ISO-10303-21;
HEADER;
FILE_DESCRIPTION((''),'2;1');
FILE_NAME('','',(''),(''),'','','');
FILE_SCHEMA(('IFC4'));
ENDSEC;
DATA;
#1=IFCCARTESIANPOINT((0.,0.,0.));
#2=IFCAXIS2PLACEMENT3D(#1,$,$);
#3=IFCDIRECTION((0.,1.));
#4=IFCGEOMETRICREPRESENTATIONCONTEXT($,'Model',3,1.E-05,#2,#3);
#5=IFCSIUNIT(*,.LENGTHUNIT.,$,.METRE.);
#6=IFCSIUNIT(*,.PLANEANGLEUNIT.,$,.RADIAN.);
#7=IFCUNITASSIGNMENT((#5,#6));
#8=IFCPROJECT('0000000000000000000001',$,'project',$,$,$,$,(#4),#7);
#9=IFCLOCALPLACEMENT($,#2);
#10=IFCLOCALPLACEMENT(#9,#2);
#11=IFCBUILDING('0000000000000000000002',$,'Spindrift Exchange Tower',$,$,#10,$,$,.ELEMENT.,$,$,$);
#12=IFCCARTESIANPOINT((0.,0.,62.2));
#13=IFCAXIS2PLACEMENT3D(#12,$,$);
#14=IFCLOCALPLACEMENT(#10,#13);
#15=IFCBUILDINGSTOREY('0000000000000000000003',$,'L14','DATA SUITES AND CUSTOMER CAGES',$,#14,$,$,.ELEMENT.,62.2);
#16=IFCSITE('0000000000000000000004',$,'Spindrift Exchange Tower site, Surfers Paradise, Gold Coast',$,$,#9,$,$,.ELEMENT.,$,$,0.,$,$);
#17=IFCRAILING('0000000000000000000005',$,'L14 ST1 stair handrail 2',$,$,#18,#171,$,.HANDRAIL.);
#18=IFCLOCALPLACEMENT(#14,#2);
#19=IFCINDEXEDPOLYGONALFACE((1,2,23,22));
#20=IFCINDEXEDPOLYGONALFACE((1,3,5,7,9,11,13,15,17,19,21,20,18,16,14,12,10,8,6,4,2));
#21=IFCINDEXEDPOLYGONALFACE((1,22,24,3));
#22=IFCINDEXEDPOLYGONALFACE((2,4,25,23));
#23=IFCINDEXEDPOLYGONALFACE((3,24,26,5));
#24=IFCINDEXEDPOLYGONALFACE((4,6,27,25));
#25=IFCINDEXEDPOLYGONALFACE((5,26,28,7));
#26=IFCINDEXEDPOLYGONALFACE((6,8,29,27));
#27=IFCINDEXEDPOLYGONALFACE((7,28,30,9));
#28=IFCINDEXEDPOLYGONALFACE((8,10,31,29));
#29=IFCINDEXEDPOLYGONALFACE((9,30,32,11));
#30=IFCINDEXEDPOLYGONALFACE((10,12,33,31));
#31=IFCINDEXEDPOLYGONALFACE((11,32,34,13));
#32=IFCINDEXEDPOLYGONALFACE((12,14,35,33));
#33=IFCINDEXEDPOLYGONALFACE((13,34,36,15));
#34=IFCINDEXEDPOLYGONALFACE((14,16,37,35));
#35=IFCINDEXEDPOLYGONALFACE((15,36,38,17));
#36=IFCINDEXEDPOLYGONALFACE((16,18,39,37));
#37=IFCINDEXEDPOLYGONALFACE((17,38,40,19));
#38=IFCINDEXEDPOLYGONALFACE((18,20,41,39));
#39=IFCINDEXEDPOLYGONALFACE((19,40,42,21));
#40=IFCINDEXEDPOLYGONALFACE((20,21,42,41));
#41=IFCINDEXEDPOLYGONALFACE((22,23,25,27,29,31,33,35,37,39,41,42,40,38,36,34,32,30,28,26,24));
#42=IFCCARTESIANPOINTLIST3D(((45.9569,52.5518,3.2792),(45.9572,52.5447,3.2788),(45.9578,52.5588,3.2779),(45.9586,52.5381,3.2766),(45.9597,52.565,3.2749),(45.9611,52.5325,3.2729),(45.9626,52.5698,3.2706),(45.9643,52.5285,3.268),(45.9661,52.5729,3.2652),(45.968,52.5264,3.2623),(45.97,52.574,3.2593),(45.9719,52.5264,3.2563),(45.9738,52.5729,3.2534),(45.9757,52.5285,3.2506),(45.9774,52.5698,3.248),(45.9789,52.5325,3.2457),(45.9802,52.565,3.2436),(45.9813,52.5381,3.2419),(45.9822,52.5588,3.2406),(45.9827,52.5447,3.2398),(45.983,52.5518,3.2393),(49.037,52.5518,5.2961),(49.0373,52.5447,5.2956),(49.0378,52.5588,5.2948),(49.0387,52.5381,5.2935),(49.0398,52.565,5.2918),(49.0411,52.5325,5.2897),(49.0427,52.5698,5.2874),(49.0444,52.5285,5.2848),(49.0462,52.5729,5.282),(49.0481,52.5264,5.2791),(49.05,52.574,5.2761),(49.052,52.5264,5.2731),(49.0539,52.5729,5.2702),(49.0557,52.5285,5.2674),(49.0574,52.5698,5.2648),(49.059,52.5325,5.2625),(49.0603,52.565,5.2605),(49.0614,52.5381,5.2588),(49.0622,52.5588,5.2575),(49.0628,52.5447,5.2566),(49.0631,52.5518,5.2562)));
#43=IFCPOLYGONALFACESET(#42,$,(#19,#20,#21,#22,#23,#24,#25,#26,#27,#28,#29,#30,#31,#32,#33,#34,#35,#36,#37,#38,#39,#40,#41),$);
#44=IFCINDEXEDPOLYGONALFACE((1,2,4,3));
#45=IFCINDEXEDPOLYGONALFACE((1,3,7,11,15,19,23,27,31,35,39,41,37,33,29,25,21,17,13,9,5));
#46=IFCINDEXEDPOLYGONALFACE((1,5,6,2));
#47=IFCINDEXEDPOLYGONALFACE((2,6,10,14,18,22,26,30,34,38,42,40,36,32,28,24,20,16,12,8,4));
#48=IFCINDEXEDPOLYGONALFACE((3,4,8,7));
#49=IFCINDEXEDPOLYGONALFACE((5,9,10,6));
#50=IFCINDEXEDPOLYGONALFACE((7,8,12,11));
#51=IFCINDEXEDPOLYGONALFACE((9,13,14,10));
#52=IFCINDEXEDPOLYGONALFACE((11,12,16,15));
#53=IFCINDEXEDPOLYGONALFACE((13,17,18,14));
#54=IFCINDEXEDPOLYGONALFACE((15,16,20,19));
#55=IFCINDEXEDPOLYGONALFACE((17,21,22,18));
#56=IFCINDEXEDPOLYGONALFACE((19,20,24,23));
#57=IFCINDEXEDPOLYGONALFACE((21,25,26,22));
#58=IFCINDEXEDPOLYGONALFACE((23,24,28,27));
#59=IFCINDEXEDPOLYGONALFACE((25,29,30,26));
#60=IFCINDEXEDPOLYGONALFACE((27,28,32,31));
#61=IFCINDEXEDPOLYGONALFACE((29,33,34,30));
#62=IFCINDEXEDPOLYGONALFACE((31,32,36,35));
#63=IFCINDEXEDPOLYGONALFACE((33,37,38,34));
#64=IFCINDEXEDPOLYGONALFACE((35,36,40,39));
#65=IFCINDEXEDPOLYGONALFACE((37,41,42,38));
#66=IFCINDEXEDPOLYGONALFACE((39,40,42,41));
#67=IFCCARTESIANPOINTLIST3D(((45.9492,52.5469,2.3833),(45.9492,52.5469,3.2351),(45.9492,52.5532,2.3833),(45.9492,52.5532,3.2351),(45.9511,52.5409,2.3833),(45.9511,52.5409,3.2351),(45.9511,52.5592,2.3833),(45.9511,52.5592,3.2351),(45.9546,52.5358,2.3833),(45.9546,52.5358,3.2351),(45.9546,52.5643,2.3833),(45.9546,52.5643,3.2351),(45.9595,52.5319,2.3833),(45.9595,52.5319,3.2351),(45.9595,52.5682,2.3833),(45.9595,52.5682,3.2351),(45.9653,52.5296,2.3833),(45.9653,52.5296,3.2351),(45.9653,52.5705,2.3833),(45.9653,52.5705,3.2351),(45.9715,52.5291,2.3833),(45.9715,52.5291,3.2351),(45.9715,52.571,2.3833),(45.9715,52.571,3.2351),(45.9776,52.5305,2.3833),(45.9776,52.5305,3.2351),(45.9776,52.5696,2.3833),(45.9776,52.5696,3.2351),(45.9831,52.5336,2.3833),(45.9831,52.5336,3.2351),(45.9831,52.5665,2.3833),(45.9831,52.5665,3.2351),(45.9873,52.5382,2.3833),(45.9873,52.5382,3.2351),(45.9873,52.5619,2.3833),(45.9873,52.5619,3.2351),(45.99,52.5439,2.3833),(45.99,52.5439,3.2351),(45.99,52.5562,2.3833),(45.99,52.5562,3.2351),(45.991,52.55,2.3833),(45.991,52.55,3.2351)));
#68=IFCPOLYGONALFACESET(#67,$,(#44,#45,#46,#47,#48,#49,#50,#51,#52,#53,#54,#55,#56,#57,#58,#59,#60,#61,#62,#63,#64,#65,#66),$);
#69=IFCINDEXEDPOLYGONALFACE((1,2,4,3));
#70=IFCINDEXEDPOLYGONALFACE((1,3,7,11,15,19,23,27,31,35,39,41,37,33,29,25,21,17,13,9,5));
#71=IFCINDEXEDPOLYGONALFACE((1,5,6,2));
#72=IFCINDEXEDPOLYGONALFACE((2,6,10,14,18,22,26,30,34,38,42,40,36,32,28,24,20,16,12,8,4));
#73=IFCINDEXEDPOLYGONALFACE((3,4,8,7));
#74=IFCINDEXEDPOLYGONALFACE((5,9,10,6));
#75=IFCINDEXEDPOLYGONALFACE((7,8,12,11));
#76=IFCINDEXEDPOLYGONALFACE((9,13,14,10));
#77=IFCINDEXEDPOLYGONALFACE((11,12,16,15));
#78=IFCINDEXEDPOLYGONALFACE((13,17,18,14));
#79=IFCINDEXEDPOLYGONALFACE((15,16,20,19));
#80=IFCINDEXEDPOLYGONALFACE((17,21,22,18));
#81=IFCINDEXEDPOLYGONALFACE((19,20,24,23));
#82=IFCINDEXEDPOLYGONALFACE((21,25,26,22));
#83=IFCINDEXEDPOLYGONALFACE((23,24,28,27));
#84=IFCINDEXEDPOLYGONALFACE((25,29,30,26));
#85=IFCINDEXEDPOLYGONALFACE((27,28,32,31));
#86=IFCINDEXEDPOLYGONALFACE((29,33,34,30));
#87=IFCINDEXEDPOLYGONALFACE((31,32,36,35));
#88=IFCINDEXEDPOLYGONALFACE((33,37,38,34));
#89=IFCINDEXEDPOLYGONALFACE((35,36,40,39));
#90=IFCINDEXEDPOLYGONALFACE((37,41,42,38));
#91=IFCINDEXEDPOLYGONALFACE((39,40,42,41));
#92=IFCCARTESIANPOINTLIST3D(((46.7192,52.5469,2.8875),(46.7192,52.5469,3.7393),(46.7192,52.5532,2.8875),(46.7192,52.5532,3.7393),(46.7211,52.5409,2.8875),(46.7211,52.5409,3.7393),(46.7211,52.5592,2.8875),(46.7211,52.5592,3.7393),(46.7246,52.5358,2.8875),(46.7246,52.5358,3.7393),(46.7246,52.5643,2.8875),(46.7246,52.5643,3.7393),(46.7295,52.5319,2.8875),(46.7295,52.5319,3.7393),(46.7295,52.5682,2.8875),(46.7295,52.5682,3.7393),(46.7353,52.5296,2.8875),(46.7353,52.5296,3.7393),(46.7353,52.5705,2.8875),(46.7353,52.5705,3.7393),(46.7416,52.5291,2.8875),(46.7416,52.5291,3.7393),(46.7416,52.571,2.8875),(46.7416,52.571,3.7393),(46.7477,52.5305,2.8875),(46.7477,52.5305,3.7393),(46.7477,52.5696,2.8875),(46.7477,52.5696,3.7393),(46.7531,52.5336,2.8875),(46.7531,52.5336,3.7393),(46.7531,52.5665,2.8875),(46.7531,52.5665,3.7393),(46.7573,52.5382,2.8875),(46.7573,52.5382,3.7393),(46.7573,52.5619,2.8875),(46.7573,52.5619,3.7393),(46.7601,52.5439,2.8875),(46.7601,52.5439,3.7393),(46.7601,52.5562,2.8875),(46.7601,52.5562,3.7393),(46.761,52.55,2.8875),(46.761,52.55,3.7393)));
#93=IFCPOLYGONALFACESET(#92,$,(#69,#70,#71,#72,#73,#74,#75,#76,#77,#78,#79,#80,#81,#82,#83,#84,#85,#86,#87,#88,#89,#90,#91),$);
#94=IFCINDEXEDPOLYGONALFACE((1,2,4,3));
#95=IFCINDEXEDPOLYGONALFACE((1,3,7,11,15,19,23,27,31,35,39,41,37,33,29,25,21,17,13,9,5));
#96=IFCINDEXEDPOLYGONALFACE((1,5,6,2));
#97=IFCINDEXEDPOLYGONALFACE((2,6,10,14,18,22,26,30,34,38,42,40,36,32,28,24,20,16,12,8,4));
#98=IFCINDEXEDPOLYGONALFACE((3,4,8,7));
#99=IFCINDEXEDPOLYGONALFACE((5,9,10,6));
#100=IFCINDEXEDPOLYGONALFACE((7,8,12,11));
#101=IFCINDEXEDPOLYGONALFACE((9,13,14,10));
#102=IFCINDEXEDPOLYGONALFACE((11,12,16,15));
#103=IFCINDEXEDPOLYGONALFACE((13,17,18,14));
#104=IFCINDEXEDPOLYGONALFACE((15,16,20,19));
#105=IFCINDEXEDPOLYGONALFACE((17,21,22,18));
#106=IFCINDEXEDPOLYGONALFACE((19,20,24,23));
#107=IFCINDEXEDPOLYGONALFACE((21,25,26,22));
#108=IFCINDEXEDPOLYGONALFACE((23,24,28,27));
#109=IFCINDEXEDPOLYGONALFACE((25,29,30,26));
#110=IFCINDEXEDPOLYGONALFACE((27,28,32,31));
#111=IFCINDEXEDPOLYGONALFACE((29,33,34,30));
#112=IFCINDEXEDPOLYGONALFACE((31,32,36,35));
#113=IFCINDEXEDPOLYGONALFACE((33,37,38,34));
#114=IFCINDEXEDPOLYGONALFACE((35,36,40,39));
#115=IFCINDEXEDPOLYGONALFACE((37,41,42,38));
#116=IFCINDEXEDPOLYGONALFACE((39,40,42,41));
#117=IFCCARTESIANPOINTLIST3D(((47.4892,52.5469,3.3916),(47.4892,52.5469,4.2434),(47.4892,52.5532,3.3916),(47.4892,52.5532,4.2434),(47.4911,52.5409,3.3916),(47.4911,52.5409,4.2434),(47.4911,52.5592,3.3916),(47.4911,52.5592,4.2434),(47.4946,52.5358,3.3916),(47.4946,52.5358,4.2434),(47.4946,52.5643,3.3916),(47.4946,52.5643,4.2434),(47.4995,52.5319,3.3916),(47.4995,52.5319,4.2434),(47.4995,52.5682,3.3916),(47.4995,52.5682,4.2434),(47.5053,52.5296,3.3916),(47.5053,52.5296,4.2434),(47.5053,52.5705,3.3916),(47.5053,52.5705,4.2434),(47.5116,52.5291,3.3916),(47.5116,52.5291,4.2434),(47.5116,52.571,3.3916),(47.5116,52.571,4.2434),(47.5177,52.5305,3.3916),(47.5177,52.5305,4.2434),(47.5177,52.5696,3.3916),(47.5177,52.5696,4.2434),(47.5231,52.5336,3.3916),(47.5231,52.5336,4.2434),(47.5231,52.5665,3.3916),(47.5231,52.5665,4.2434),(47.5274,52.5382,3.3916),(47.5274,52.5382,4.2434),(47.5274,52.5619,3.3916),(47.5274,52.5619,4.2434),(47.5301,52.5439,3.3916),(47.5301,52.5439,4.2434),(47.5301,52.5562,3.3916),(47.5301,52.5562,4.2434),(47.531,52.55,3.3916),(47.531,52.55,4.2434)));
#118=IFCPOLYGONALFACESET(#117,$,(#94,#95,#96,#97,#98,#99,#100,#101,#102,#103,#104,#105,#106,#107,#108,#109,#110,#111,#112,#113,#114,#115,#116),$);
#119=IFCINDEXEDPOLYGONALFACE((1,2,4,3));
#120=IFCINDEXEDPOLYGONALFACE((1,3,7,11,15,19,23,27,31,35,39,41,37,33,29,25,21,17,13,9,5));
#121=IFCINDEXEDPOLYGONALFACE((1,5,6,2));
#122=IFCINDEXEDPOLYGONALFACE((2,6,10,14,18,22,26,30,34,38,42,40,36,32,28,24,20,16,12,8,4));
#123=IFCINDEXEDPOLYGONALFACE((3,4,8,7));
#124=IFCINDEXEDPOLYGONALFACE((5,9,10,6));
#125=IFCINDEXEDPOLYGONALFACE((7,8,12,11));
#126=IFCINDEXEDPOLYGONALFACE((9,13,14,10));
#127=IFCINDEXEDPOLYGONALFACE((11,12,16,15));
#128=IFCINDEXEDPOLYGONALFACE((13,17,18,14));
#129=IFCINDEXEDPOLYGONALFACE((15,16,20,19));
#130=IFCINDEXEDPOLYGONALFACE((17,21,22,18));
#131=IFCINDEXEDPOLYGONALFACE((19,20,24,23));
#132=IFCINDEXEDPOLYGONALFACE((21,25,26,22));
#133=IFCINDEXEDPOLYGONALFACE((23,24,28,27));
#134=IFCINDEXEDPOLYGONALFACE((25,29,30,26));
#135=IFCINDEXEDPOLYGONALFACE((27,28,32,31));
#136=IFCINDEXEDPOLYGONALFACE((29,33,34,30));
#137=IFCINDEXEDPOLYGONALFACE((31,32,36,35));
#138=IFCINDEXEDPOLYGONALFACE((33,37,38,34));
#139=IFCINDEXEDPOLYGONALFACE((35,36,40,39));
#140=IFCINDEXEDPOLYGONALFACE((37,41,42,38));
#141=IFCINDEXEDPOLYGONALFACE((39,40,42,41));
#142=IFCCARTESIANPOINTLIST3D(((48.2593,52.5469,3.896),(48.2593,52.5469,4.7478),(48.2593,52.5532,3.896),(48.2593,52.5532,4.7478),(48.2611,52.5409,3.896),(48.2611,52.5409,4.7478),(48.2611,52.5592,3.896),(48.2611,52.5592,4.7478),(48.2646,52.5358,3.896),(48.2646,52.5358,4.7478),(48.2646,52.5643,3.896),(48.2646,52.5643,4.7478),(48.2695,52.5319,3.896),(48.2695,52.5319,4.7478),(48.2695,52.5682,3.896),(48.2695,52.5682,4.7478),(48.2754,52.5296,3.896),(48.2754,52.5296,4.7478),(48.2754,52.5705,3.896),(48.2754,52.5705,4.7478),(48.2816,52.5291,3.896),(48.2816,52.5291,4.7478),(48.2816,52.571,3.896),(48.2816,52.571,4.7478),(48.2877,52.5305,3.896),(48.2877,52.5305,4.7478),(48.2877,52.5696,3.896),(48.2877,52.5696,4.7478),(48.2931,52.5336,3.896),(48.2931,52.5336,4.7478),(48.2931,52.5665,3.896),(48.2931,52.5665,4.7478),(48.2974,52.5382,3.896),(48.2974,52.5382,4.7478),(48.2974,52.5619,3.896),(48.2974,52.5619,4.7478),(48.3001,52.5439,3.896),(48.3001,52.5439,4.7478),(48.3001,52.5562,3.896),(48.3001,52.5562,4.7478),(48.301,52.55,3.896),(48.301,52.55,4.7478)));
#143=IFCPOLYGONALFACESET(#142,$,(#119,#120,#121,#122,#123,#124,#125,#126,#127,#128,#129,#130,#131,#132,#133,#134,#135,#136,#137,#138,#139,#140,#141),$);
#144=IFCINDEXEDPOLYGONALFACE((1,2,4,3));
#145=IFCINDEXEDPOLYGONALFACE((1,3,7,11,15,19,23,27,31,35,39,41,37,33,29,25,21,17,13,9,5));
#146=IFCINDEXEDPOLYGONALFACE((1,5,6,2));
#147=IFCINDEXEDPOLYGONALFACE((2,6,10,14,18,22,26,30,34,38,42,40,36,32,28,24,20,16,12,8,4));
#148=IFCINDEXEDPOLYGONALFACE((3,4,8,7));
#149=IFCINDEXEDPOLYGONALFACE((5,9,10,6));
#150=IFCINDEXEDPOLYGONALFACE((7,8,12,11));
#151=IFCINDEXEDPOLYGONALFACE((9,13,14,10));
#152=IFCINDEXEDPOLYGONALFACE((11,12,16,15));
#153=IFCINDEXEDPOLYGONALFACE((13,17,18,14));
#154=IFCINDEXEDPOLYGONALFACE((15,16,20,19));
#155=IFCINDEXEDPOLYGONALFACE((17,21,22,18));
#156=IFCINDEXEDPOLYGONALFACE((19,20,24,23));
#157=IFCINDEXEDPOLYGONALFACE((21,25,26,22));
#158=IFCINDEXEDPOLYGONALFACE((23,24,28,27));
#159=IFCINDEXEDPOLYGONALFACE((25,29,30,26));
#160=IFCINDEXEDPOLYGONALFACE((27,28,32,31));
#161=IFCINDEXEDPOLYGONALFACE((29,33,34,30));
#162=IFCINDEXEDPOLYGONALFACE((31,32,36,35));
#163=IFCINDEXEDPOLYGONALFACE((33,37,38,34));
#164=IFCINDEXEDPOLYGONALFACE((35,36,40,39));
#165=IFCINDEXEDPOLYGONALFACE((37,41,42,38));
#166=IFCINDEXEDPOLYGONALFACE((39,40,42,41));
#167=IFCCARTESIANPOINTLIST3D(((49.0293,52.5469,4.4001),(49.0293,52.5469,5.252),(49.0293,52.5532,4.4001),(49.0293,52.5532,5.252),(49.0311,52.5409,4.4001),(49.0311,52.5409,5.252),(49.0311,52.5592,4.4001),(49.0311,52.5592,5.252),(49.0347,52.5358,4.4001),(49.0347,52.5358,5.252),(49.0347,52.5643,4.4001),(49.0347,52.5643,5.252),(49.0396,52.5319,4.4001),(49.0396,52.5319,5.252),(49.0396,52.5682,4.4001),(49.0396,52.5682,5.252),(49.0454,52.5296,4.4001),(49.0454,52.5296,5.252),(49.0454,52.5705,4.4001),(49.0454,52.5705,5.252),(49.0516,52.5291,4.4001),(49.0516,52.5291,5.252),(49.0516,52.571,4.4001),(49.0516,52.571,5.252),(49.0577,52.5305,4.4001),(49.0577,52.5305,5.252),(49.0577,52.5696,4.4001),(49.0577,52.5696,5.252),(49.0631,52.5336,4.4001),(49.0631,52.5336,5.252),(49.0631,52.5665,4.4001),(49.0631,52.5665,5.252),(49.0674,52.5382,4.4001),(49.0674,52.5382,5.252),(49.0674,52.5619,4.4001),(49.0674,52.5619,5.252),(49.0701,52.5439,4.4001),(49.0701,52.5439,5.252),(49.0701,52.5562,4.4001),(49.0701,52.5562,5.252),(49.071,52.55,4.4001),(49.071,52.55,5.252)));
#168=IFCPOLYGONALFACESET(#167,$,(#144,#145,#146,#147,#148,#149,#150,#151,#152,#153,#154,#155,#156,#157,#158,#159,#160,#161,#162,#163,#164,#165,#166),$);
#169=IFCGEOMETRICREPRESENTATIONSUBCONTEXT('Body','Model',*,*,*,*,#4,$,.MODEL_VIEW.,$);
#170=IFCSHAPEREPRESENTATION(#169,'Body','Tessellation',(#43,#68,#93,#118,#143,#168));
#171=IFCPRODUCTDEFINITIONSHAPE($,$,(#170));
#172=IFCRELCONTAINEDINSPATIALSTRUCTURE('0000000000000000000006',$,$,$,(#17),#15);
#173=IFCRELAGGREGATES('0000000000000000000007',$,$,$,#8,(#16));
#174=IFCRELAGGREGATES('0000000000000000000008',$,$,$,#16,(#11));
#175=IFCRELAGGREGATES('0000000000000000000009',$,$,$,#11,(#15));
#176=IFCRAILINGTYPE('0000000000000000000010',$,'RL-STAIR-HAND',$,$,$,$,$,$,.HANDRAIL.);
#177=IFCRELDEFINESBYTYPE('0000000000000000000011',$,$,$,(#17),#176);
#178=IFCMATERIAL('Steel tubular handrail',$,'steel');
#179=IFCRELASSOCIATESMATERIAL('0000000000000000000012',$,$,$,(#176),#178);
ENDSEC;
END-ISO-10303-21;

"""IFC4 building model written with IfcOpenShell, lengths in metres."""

from ifc_helpers import new_model, si_unit, direction, frame, origin, origin_2d, place, context, subcontext, project, spatial, circle, extrude, material, type_object, element, save


model = new_model("IFC4")

# Units and contexts
model_context = context("Model", 3, precision=1e-05, world=origin(), true_north=direction((0.0, 1.0)))
body_context = subcontext(model_context, "Body", "Model", "MODEL_VIEW")
ifc_project = project(units=[si_unit("LENGTHUNIT", "METRE"), si_unit("PLANEANGLEUNIT", "RADIAN")], contexts=[model_context])

# Site, building, storey
site_placement = place(None, origin())
site = spatial("IfcSite", under=ifc_project, at=site_placement, Name="Spindrift Exchange Tower site, Surfers Paradise, Gold Coast", CompositionType="ELEMENT", RefElevation=0.0)
building_placement = place(site_placement, origin())
building = spatial("IfcBuilding", under=site, at=building_placement, Name="Spindrift Exchange Tower", CompositionType="ELEMENT")
storey_placement = place(building_placement, frame((0.0, 0.0, 62.2)))
storey = spatial("IfcBuildingStorey", under=building, at=storey_placement, Name="L14", Description="DATA SUITES AND CUSTOMER CAGES", CompositionType="ELEMENT", Elevation=62.2)

# Railing
ifc_material_1 = material(Name="Steel tubular handrail", Category="steel")
railing_type_1 = type_object("IfcRailingType", Name="RL-STAIR-HAND", PredefinedType="HANDRAIL", material=ifc_material_1)
railing_1_placement = place(storey_placement, frame((45.97, 52.55, 2.3833)))
element("IfcRailing", 1, at=railing_1_placement, inside=storey, type_object=railing_type_1, Name="L14 ST1 stair handrail 2", PredefinedType="HANDRAIL", context=body_context, shape_type="SweptSolid", body=[
    extrude(circle(Radius=0.0239, at=origin_2d()), frame((0.0, 0.0, 0.876), z_axis=(0.836603, 0.0, 0.54781), x_axis=(0.0, 1.0, 0.0)), (0.0, 0.0, 1.0), 3.6816),
    extrude(circle(Radius=0.021, at=origin_2d()), origin(), (0.0, 0.0, 1.0), 0.8518),
    extrude(circle(Radius=0.021, at=origin_2d()), frame((0.77, 0.0, 0.5042)), (0.0, 0.0, 1.0), 0.8518),
    extrude(circle(Radius=0.021, at=origin_2d()), frame((1.54, 0.0, 1.0083)), (0.0, 0.0, 1.0), 0.8518),
    extrude(circle(Radius=0.021, at=origin_2d()), frame((2.3101, 0.0, 1.5127)), (0.0, 0.0, 1.0), 0.8518),
    extrude(circle(Radius=0.021, at=origin_2d()), frame((3.0801, 0.0, 2.0168)), (0.0, 0.0, 1.0), 0.8518),
])

save(model, "model.ifc")
